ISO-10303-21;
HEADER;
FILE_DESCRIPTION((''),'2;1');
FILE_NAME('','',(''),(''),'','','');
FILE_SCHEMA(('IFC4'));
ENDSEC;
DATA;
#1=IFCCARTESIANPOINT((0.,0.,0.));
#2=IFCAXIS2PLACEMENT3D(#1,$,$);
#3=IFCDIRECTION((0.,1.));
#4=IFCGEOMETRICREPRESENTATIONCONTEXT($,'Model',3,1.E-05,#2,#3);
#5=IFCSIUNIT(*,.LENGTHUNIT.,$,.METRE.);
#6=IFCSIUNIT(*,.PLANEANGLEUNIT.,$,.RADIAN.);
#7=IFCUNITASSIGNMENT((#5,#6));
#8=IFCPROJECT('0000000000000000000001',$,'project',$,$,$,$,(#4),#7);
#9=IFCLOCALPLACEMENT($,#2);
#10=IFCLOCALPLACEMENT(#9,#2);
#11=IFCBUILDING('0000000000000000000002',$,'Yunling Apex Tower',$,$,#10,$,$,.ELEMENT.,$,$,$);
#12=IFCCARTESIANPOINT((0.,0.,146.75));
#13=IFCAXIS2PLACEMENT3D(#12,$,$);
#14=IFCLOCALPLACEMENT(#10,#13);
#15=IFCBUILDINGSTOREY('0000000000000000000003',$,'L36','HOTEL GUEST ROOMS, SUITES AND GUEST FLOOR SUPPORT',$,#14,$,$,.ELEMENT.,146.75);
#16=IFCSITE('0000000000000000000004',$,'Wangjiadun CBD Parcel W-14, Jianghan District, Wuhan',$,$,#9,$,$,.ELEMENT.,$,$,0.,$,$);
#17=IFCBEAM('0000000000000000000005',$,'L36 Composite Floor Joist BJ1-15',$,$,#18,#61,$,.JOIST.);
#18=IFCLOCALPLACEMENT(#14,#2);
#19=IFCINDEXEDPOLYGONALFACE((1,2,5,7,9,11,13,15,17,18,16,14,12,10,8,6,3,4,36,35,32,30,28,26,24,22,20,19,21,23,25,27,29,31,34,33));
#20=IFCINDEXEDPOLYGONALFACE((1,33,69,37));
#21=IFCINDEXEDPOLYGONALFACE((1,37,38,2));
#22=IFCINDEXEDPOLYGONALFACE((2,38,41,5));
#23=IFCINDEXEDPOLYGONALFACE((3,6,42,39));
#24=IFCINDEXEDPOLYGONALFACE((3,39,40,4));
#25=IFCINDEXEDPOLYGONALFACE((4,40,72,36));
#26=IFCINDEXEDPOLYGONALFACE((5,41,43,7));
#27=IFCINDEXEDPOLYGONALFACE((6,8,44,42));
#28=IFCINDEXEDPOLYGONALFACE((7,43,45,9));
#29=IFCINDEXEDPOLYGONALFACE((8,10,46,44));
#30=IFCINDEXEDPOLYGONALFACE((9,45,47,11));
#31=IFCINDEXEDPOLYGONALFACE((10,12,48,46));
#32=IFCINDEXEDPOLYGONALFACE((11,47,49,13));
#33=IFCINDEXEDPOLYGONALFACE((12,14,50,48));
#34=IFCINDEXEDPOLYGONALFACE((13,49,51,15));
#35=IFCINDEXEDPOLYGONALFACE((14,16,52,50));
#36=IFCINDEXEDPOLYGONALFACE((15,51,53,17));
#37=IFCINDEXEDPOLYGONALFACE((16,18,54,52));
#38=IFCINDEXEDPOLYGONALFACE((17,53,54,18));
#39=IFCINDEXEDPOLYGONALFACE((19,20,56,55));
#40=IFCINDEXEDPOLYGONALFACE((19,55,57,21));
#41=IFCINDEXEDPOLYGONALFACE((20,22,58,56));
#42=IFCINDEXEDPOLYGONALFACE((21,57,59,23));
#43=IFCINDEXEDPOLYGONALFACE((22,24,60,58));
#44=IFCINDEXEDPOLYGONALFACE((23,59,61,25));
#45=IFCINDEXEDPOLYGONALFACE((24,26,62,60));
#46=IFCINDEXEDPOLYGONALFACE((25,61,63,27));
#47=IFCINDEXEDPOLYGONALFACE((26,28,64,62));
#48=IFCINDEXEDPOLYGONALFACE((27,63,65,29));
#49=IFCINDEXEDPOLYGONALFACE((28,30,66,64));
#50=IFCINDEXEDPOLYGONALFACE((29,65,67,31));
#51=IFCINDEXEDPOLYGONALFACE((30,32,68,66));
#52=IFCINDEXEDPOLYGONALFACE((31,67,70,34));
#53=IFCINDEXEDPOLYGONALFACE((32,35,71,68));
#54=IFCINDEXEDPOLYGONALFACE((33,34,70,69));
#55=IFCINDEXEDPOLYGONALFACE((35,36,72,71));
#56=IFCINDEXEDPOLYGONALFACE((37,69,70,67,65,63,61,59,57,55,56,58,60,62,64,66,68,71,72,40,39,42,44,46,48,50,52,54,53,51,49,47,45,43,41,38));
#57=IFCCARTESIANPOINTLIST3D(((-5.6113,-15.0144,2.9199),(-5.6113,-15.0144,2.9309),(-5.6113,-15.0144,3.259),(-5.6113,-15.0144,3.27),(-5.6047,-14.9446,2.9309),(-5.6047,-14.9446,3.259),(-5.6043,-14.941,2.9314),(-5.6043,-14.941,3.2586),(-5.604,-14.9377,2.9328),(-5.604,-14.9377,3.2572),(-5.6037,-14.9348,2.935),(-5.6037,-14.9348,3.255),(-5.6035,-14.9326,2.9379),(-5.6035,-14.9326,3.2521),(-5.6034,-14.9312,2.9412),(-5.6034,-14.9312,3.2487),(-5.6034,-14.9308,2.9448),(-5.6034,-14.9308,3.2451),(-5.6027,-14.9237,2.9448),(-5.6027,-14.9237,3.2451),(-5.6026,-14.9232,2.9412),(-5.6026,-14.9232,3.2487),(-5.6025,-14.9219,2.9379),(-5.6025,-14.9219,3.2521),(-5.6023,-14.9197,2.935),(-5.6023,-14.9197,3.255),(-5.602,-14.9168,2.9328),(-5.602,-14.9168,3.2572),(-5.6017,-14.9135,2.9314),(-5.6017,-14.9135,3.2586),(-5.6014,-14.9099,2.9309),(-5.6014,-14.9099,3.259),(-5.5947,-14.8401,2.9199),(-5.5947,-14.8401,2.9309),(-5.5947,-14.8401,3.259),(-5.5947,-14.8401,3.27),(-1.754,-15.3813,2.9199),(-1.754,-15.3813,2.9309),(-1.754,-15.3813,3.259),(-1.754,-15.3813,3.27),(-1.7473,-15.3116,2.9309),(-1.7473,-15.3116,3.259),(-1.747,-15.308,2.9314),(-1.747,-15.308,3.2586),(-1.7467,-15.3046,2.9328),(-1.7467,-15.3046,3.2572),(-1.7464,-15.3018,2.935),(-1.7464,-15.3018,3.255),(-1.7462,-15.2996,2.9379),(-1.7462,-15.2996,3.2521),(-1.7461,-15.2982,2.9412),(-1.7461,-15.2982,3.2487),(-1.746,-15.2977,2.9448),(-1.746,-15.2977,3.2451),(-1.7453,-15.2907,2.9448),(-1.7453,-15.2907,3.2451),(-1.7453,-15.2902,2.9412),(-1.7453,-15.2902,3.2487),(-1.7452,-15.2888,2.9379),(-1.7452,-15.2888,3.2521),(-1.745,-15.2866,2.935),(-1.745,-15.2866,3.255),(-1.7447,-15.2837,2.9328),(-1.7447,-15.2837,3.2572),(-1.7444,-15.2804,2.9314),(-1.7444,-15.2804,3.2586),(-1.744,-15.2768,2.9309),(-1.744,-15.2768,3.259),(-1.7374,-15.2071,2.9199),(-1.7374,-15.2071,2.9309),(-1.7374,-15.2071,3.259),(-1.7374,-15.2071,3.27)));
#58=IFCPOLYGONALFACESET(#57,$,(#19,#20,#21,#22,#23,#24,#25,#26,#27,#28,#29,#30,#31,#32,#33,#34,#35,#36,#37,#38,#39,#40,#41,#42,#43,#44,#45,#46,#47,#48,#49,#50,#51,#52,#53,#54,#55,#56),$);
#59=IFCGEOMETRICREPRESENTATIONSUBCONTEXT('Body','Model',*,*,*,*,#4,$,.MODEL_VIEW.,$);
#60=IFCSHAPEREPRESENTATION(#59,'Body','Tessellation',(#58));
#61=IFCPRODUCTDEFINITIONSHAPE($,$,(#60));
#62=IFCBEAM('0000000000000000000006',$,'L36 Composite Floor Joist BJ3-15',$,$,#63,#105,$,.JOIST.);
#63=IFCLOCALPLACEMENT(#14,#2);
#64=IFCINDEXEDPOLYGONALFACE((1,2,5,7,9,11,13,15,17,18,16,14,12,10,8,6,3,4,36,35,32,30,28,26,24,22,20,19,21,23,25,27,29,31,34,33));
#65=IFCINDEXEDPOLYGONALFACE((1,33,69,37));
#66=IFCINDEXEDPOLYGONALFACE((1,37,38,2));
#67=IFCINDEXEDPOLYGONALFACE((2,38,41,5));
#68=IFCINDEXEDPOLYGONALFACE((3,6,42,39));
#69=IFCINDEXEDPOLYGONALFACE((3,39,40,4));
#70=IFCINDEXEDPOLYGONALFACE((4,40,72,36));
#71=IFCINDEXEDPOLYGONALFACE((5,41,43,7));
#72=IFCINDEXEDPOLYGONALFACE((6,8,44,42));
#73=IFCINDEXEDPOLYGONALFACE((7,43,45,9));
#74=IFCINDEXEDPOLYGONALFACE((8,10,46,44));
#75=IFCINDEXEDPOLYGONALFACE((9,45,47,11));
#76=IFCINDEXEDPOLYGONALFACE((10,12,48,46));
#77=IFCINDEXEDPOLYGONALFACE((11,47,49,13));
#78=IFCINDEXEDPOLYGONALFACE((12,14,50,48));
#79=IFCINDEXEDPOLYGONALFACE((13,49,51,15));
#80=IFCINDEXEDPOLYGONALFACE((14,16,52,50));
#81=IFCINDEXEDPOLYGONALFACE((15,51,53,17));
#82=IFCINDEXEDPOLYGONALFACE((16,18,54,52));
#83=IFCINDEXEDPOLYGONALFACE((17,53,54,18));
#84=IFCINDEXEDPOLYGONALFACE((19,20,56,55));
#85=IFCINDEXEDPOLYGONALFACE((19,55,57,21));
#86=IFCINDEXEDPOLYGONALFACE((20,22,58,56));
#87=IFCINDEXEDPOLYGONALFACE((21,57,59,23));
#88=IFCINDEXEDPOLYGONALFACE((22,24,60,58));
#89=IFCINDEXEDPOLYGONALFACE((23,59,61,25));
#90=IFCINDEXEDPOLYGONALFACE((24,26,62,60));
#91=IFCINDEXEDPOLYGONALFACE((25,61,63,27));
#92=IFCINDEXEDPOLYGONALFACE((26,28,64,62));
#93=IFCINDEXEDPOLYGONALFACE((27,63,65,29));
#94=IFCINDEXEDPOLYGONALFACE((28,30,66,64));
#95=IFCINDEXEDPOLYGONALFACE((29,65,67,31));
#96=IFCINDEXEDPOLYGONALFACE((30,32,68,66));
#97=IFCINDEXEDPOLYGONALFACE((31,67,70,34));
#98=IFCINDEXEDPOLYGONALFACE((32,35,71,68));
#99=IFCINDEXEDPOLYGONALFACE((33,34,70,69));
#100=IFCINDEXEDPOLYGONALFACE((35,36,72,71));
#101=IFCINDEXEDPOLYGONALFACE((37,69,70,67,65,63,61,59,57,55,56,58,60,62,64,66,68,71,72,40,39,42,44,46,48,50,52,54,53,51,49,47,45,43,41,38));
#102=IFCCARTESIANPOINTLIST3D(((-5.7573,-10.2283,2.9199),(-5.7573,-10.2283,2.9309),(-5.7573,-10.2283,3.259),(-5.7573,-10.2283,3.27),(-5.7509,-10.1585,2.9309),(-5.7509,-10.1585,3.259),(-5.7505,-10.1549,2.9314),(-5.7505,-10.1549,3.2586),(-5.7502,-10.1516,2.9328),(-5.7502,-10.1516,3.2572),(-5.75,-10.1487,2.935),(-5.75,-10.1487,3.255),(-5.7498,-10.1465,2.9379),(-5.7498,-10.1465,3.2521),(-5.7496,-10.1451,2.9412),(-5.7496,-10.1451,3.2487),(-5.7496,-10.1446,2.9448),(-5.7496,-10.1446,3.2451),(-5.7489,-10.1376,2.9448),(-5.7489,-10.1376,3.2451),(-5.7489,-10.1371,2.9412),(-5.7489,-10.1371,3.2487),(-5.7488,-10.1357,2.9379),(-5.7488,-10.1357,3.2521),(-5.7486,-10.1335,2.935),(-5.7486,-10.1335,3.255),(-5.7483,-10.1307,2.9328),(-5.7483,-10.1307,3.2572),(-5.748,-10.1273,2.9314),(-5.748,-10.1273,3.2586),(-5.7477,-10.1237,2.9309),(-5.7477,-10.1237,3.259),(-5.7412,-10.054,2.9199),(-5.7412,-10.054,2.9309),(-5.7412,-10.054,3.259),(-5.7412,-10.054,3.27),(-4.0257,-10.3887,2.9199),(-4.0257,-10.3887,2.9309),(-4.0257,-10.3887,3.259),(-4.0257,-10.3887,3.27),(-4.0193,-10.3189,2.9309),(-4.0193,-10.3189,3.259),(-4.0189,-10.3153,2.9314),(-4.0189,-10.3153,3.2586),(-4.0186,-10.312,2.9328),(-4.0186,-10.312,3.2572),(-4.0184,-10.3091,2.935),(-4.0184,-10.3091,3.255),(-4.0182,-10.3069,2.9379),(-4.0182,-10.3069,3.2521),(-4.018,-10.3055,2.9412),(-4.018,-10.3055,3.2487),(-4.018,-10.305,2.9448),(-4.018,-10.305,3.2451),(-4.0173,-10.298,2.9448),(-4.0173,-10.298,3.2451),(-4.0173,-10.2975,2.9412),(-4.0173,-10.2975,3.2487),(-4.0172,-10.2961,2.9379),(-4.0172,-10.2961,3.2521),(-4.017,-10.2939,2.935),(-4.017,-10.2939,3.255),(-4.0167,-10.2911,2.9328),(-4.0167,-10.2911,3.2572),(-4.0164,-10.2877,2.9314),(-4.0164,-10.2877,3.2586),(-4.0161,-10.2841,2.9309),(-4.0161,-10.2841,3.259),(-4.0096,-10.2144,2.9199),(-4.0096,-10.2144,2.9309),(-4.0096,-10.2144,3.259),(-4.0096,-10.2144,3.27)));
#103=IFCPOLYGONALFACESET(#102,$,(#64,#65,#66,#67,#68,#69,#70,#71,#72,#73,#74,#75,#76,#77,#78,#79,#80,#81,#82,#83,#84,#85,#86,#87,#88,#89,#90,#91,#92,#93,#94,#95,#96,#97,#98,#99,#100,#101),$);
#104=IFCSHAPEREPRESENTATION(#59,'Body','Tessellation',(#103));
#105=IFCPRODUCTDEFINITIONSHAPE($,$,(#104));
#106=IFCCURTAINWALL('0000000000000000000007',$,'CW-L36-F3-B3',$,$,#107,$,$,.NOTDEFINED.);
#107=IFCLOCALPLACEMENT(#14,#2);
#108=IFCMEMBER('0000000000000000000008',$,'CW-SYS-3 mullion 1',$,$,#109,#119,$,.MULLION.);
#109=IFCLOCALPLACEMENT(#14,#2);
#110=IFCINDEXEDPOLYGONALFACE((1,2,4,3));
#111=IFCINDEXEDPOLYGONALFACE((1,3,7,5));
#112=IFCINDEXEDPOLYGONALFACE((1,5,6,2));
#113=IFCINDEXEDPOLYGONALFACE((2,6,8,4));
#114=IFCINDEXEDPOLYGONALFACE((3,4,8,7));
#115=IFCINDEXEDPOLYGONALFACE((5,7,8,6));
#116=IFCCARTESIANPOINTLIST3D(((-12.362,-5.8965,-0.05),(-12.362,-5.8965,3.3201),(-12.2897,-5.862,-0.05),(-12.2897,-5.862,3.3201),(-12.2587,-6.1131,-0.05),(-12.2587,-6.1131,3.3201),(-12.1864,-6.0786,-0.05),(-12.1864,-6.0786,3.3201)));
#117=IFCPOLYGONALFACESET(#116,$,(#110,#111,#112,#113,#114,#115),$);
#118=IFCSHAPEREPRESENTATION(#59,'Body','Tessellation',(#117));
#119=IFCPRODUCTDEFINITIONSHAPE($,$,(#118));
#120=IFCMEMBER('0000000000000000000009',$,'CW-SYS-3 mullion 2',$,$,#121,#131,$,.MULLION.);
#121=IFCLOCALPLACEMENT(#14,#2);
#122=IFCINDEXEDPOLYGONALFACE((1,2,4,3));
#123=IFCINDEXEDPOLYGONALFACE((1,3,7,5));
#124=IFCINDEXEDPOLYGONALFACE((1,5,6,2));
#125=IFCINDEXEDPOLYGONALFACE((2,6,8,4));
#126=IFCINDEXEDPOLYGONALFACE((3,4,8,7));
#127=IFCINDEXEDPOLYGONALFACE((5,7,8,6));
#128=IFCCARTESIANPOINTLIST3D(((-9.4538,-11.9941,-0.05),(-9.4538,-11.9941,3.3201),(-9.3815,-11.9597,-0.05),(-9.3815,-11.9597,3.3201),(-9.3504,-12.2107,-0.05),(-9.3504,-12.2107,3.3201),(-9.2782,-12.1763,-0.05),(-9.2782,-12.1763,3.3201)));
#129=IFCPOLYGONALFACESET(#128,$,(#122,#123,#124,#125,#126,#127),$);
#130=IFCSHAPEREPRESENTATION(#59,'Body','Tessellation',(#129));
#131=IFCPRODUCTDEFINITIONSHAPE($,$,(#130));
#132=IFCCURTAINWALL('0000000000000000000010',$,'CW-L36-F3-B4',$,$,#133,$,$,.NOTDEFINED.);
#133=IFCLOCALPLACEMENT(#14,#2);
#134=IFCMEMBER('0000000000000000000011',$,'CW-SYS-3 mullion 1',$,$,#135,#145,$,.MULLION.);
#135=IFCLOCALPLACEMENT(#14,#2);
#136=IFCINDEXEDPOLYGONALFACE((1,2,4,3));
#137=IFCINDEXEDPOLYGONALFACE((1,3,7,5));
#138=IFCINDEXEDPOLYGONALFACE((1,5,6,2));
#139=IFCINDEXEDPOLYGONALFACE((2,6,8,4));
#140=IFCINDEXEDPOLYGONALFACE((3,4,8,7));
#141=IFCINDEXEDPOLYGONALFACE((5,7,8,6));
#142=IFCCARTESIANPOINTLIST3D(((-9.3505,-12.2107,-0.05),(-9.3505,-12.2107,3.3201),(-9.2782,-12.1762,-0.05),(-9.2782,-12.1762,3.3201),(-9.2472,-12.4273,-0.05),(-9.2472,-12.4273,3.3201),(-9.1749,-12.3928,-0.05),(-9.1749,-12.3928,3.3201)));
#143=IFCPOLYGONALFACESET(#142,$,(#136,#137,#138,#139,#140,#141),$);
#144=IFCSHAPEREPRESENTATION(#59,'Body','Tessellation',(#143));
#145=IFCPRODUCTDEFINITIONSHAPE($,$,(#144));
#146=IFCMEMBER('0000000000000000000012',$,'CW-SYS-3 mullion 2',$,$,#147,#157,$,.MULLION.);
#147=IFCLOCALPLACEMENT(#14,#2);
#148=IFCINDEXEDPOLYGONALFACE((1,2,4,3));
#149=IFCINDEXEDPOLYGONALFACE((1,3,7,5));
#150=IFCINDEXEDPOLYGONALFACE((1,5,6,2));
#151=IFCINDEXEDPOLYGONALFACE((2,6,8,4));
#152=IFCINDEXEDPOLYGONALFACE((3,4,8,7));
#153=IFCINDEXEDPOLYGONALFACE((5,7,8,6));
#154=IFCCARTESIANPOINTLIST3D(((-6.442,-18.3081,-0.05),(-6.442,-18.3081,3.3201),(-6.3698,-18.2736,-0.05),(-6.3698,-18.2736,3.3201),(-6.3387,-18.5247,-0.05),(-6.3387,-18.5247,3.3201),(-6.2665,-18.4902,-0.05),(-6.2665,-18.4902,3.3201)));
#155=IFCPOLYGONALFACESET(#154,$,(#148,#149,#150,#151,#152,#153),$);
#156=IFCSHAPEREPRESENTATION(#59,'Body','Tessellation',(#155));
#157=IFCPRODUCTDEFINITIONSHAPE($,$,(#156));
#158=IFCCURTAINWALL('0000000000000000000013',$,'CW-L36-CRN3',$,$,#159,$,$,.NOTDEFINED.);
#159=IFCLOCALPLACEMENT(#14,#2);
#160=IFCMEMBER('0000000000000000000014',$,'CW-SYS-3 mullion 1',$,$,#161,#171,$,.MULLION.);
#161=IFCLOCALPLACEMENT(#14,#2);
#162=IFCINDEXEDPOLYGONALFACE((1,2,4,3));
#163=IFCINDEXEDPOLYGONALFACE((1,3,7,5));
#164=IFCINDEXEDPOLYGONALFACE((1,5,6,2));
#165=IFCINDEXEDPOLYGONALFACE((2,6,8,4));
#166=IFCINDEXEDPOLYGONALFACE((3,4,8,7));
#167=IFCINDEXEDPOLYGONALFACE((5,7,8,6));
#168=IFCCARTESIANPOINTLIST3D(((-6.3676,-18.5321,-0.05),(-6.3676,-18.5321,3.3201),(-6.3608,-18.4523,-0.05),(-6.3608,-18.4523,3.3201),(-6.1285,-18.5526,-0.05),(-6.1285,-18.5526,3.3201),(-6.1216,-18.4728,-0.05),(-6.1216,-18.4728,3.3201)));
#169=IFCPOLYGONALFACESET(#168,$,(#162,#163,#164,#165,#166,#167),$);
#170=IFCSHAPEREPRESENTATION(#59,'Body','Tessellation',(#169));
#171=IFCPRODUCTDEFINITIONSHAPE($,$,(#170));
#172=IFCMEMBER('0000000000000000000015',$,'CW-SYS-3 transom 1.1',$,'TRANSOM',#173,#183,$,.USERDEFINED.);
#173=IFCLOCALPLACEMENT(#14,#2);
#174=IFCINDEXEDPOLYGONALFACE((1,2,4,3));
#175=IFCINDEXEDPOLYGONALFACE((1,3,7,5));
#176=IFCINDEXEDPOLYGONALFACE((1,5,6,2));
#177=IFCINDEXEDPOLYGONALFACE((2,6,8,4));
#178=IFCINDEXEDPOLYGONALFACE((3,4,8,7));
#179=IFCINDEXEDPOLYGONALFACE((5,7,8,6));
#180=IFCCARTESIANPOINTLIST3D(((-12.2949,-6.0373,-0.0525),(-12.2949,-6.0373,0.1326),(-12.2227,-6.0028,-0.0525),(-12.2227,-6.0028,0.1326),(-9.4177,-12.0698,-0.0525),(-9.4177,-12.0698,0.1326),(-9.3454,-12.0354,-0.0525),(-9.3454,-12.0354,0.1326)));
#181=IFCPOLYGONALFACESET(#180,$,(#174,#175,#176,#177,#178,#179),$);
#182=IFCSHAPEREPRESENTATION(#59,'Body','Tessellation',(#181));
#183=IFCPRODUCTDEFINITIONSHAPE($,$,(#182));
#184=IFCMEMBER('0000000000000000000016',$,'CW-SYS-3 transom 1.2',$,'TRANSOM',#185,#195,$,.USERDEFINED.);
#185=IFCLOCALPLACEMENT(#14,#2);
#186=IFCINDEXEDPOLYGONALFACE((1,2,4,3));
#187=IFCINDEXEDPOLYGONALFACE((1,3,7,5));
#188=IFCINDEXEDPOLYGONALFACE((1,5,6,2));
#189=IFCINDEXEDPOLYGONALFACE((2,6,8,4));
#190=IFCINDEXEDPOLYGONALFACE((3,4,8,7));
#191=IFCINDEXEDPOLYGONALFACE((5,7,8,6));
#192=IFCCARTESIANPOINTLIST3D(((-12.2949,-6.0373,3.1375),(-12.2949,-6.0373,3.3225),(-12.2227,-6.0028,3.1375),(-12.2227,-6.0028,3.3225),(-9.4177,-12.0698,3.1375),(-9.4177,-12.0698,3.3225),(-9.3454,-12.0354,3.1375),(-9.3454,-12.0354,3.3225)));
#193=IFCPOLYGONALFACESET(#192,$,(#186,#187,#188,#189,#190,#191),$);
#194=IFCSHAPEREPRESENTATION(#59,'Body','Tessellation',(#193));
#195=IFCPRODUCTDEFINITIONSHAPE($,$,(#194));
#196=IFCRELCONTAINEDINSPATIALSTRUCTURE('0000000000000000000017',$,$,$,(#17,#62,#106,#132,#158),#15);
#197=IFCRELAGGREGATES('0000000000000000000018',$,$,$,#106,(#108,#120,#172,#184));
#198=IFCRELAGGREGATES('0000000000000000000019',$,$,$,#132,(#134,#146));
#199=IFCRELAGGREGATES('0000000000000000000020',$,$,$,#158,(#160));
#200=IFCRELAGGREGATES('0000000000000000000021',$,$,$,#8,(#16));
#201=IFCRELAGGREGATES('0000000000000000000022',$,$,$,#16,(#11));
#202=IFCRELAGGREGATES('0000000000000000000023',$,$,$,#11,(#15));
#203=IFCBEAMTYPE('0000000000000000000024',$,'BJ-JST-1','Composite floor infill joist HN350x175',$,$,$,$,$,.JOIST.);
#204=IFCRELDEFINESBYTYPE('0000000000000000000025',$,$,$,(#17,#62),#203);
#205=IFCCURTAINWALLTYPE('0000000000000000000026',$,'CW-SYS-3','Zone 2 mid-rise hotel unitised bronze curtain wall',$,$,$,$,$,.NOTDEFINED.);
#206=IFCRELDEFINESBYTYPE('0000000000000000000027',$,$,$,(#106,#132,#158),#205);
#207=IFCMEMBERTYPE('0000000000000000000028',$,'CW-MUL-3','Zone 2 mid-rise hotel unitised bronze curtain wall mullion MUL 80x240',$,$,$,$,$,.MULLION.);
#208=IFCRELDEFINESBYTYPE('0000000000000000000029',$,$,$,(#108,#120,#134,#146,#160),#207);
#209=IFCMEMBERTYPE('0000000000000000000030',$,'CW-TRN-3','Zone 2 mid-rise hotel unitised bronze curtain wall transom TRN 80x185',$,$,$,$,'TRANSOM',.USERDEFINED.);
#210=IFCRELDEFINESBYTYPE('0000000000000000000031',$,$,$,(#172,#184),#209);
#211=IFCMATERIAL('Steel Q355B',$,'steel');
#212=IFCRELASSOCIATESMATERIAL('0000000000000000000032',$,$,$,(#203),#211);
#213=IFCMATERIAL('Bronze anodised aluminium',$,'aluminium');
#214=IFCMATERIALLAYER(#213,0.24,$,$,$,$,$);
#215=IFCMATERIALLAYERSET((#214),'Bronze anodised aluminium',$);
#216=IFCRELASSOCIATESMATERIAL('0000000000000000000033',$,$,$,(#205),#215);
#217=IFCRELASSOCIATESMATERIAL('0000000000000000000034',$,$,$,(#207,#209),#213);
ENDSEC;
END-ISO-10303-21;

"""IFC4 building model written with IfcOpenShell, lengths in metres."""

from ifc_helpers import new_model, si_unit, direction, frame, origin, origin_2d, place, context, subcontext, project, spatial, rectangle, i_section, extrude, source, transform, mapped, material, layer, layer_set, material_profile, profile_set, type_object, element, aggregate, save


model = new_model("IFC4")

# Units and contexts
model_context = context("Model", 3, precision=1e-05, world=origin(), true_north=direction((0.0, 1.0)))
body_context = subcontext(model_context, "Body", "Model", "MODEL_VIEW")
ifc_project = project(units=[si_unit("LENGTHUNIT", "METRE"), si_unit("PLANEANGLEUNIT", "RADIAN")], contexts=[model_context])

# Site, building, storey
site_placement = place(None, origin())
site = spatial("IfcSite", under=ifc_project, at=site_placement, Name="Wangjiadun CBD Parcel W-14, Jianghan District, Wuhan", CompositionType="ELEMENT", RefElevation=0.0)
building_placement = place(site_placement, origin())
building = spatial("IfcBuilding", under=site, at=building_placement, Name="Yunling Apex Tower", CompositionType="ELEMENT")
storey_placement = place(building_placement, frame((0.0, 0.0, 146.75)))
storey = spatial("IfcBuildingStorey", under=building, at=storey_placement, Name="L36", Description="HOTEL GUEST ROOMS, SUITES AND GUEST FLOOR SUPPORT", CompositionType="ELEMENT", Elevation=146.75)

# Beams
ifc_material_1 = material(Name="Steel Q355B", Category="steel")
ifc_material_profile_1 = material_profile(ifc_material_1, i_section(OverallWidth=0.175, OverallDepth=0.3501, WebThickness=0.0071, FlangeThickness=0.011, FilletRadius=0.0139, at=origin_2d()))
ifc_profile_set_1 = profile_set([ifc_material_profile_1], Name="Steel Q355B")
beam_type_1 = type_object("IfcBeamType", Name="BJ-JST-1", Description="Composite floor infill joist HN350x175", PredefinedType="JOIST", material=ifc_profile_set_1)
shared_shape_1 = source(origin(), body_context, "Body", "SweptSolid", [
    extrude(i_section(OverallWidth=0.175, OverallDepth=0.3501, WebThickness=0.0071, FlangeThickness=0.011, FilletRadius=0.0139, at=origin_2d()), origin(), (0.0, 0.0, 1.0), 3.8748),
])
beam_1_placement = place(storey_placement, frame((-5.603, -14.9272, 3.095), z_axis=(0.995506, -0.094699, 0.0), x_axis=(0.094699, 0.995506, 0.0)))
element("IfcBeam", 1, at=beam_1_placement, inside=storey, type_object=beam_type_1, Name="L36 Composite Floor Joist BJ1-15", PredefinedType="JOIST", context=body_context, shape_type="MappedRepresentation", body=[
    mapped(shared_shape_1, transform((0.0, 0.0, 0.0), scale=1.0)),
])
shared_shape_2 = source(origin(), body_context, "Body", "SweptSolid", [
    extrude(i_section(OverallWidth=0.175, OverallDepth=0.3501, WebThickness=0.0071, FlangeThickness=0.011, FilletRadius=0.0139, at=origin_2d()), origin(), (0.0, 0.0, 1.0), 1.739),
])
beam_2_placement = place(storey_placement, frame((-5.7493, -10.1411, 3.095), z_axis=(0.995738, -0.092232, 0.0), x_axis=(0.092232, 0.995738, 0.0)))
element("IfcBeam", 2, at=beam_2_placement, inside=storey, type_object=beam_type_1, Name="L36 Composite Floor Joist BJ3-15", PredefinedType="JOIST", context=body_context, shape_type="MappedRepresentation", body=[
    mapped(shared_shape_2, transform((0.0, 0.0, 0.0), scale=1.0)),
])

# Curtain walls, members
ifc_material_2 = material(Name="Bronze anodised aluminium", Category="aluminium")
ifc_layer_1 = layer(ifc_material_2, 0.24)
ifc_layer_set_1 = layer_set([ifc_layer_1], Name="Bronze anodised aluminium")
curtain_wall_type = type_object("IfcCurtainWallType", Name="CW-SYS-3", Description="Zone 2 mid-rise hotel unitised bronze curtain wall", PredefinedType="NOTDEFINED", material=ifc_layer_set_1)
curtain_wall_1_placement = place(storey_placement, origin())
curtain_wall_1 = element("IfcCurtainWall", 3, at=curtain_wall_1_placement, inside=storey, type_object=curtain_wall_type, Name="CW-L36-F3-B3", PredefinedType="NOTDEFINED")
ifc_material_profile_2 = material_profile(ifc_material_2, rectangle(XDim=0.0801, YDim=0.24, at=origin_2d()))
ifc_profile_set_2 = profile_set([ifc_material_profile_2], Name="Bronze anodised aluminium")
member_type_1 = type_object("IfcMemberType", Name="CW-MUL-3", Description="Zone 2 mid-rise hotel unitised bronze curtain wall mullion MUL 80x240", PredefinedType="MULLION", material=ifc_profile_set_2)
shared_shape_3 = source(origin(), body_context, "Body", "SweptSolid", [
    extrude(rectangle(XDim=0.0801, YDim=0.24, at=origin_2d()), origin(), (0.0, 0.0, 1.0), 3.3701),
])
member_1_placement = place(storey_placement, frame((-12.2742, -5.9875, -0.05), z_axis=(0.0, 0.0, 1.0), x_axis=(0.902593, 0.430494, 0.0)))
member_1 = element("IfcMember", 4, at=member_1_placement, type_object=member_type_1, Name="CW-SYS-3 mullion 1", PredefinedType="MULLION", context=body_context, shape_type="MappedRepresentation", body=[
    mapped(shared_shape_3, transform((0.0, 0.0, 0.0), scale=1.0)),
])
member_2_placement = place(storey_placement, frame((-9.366, -12.0852, -0.05), z_axis=(0.0, 0.0, 1.0), x_axis=(0.902593, 0.430494, 0.0)))
member_2 = element("IfcMember", 5, at=member_2_placement, type_object=member_type_1, Name="CW-SYS-3 mullion 2", PredefinedType="MULLION", context=body_context, shape_type="MappedRepresentation", body=[
    mapped(shared_shape_3, transform((0.0, 0.0, 0.0), scale=1.0)),
])
curtain_wall_2_placement = place(storey_placement, origin())
curtain_wall_2 = element("IfcCurtainWall", 6, at=curtain_wall_2_placement, inside=storey, type_object=curtain_wall_type, Name="CW-L36-F3-B4", PredefinedType="NOTDEFINED")
member_3_placement = place(storey_placement, frame((-9.2627, -12.3018, -0.05), z_axis=(0.0, 0.0, 1.0), x_axis=(0.902585, 0.430512, 0.0)))
member_3 = element("IfcMember", 7, at=member_3_placement, type_object=member_type_1, Name="CW-SYS-3 mullion 1", PredefinedType="MULLION", context=body_context, shape_type="MappedRepresentation", body=[
    mapped(shared_shape_3, transform((0.0, 0.0, 0.0), scale=1.0)),
])
member_4_placement = place(storey_placement, frame((-6.3542, -18.3992, -0.05), z_axis=(0.0, 0.0, 1.0), x_axis=(0.902585, 0.430512, 0.0)))
member_4 = element("IfcMember", 8, at=member_4_placement, type_object=member_type_1, Name="CW-SYS-3 mullion 2", PredefinedType="MULLION", context=body_context, shape_type="MappedRepresentation", body=[
    mapped(shared_shape_3, transform((0.0, 0.0, 0.0), scale=1.0)),
])

# Curtain wall, member
curtain_wall_3_placement = place(storey_placement, origin())
curtain_wall_3 = element("IfcCurtainWall", 9, at=curtain_wall_3_placement, inside=storey, type_object=curtain_wall_type, Name="CW-L36-CRN3", PredefinedType="NOTDEFINED")
member_5_placement = place(storey_placement, frame((-6.2446, -18.5024, -0.05), z_axis=(0.0, 0.0, 1.0), x_axis=(0.08555, 0.996334, 0.0)))
member_5 = element("IfcMember", 10, at=member_5_placement, type_object=member_type_1, Name="CW-SYS-3 mullion 1", PredefinedType="MULLION", context=body_context, shape_type="MappedRepresentation", body=[
    mapped(shared_shape_3, transform((0.0, 0.0, 0.0), scale=1.0)),
])

# Members
ifc_material_profile_3 = material_profile(ifc_material_2, rectangle(XDim=0.0801, YDim=0.1851, at=origin_2d()))
ifc_profile_set_3 = profile_set([ifc_material_profile_3], Name="Bronze anodised aluminium")
member_type_2 = type_object("IfcMemberType", Name="CW-TRN-3", Description="Zone 2 mid-rise hotel unitised bronze curtain wall transom TRN 80x185", ElementType="TRANSOM", PredefinedType="USERDEFINED", material=ifc_profile_set_3)
shared_shape_4 = source(origin(), body_context, "Body", "SweptSolid", [
    extrude(rectangle(XDim=0.0801, YDim=0.1851, at=origin_2d()), origin(), (0.0, 0.0, 1.0), 6.6836),
])
member_6_placement = place(storey_placement, frame((-12.2588, -6.02, 0.04), z_axis=(0.430494, -0.902594, 0.0), x_axis=(0.902594, 0.430494, 0.0)))
member_6 = element("IfcMember", 11, at=member_6_placement, type_object=member_type_2, Name="CW-SYS-3 transom 1.1", ObjectType="TRANSOM", PredefinedType="USERDEFINED", context=body_context, shape_type="MappedRepresentation", body=[
    mapped(shared_shape_4, transform((0.0, 0.0, 0.0), scale=1.0)),
])
member_7_placement = place(storey_placement, frame((-12.2588, -6.02, 3.23), z_axis=(0.430494, -0.902594, 0.0), x_axis=(0.902594, 0.430494, 0.0)))
member_7 = element("IfcMember", 12, at=member_7_placement, type_object=member_type_2, Name="CW-SYS-3 transom 1.2", ObjectType="TRANSOM", PredefinedType="USERDEFINED", context=body_context, shape_type="MappedRepresentation", body=[
    mapped(shared_shape_4, transform((0.0, 0.0, 0.0), scale=1.0)),
])

aggregate(curtain_wall_1, [member_1, member_2, member_6, member_7])
aggregate(curtain_wall_2, [member_3, member_4])
aggregate(curtain_wall_3, [member_5])

save(model, "model.ifc")
